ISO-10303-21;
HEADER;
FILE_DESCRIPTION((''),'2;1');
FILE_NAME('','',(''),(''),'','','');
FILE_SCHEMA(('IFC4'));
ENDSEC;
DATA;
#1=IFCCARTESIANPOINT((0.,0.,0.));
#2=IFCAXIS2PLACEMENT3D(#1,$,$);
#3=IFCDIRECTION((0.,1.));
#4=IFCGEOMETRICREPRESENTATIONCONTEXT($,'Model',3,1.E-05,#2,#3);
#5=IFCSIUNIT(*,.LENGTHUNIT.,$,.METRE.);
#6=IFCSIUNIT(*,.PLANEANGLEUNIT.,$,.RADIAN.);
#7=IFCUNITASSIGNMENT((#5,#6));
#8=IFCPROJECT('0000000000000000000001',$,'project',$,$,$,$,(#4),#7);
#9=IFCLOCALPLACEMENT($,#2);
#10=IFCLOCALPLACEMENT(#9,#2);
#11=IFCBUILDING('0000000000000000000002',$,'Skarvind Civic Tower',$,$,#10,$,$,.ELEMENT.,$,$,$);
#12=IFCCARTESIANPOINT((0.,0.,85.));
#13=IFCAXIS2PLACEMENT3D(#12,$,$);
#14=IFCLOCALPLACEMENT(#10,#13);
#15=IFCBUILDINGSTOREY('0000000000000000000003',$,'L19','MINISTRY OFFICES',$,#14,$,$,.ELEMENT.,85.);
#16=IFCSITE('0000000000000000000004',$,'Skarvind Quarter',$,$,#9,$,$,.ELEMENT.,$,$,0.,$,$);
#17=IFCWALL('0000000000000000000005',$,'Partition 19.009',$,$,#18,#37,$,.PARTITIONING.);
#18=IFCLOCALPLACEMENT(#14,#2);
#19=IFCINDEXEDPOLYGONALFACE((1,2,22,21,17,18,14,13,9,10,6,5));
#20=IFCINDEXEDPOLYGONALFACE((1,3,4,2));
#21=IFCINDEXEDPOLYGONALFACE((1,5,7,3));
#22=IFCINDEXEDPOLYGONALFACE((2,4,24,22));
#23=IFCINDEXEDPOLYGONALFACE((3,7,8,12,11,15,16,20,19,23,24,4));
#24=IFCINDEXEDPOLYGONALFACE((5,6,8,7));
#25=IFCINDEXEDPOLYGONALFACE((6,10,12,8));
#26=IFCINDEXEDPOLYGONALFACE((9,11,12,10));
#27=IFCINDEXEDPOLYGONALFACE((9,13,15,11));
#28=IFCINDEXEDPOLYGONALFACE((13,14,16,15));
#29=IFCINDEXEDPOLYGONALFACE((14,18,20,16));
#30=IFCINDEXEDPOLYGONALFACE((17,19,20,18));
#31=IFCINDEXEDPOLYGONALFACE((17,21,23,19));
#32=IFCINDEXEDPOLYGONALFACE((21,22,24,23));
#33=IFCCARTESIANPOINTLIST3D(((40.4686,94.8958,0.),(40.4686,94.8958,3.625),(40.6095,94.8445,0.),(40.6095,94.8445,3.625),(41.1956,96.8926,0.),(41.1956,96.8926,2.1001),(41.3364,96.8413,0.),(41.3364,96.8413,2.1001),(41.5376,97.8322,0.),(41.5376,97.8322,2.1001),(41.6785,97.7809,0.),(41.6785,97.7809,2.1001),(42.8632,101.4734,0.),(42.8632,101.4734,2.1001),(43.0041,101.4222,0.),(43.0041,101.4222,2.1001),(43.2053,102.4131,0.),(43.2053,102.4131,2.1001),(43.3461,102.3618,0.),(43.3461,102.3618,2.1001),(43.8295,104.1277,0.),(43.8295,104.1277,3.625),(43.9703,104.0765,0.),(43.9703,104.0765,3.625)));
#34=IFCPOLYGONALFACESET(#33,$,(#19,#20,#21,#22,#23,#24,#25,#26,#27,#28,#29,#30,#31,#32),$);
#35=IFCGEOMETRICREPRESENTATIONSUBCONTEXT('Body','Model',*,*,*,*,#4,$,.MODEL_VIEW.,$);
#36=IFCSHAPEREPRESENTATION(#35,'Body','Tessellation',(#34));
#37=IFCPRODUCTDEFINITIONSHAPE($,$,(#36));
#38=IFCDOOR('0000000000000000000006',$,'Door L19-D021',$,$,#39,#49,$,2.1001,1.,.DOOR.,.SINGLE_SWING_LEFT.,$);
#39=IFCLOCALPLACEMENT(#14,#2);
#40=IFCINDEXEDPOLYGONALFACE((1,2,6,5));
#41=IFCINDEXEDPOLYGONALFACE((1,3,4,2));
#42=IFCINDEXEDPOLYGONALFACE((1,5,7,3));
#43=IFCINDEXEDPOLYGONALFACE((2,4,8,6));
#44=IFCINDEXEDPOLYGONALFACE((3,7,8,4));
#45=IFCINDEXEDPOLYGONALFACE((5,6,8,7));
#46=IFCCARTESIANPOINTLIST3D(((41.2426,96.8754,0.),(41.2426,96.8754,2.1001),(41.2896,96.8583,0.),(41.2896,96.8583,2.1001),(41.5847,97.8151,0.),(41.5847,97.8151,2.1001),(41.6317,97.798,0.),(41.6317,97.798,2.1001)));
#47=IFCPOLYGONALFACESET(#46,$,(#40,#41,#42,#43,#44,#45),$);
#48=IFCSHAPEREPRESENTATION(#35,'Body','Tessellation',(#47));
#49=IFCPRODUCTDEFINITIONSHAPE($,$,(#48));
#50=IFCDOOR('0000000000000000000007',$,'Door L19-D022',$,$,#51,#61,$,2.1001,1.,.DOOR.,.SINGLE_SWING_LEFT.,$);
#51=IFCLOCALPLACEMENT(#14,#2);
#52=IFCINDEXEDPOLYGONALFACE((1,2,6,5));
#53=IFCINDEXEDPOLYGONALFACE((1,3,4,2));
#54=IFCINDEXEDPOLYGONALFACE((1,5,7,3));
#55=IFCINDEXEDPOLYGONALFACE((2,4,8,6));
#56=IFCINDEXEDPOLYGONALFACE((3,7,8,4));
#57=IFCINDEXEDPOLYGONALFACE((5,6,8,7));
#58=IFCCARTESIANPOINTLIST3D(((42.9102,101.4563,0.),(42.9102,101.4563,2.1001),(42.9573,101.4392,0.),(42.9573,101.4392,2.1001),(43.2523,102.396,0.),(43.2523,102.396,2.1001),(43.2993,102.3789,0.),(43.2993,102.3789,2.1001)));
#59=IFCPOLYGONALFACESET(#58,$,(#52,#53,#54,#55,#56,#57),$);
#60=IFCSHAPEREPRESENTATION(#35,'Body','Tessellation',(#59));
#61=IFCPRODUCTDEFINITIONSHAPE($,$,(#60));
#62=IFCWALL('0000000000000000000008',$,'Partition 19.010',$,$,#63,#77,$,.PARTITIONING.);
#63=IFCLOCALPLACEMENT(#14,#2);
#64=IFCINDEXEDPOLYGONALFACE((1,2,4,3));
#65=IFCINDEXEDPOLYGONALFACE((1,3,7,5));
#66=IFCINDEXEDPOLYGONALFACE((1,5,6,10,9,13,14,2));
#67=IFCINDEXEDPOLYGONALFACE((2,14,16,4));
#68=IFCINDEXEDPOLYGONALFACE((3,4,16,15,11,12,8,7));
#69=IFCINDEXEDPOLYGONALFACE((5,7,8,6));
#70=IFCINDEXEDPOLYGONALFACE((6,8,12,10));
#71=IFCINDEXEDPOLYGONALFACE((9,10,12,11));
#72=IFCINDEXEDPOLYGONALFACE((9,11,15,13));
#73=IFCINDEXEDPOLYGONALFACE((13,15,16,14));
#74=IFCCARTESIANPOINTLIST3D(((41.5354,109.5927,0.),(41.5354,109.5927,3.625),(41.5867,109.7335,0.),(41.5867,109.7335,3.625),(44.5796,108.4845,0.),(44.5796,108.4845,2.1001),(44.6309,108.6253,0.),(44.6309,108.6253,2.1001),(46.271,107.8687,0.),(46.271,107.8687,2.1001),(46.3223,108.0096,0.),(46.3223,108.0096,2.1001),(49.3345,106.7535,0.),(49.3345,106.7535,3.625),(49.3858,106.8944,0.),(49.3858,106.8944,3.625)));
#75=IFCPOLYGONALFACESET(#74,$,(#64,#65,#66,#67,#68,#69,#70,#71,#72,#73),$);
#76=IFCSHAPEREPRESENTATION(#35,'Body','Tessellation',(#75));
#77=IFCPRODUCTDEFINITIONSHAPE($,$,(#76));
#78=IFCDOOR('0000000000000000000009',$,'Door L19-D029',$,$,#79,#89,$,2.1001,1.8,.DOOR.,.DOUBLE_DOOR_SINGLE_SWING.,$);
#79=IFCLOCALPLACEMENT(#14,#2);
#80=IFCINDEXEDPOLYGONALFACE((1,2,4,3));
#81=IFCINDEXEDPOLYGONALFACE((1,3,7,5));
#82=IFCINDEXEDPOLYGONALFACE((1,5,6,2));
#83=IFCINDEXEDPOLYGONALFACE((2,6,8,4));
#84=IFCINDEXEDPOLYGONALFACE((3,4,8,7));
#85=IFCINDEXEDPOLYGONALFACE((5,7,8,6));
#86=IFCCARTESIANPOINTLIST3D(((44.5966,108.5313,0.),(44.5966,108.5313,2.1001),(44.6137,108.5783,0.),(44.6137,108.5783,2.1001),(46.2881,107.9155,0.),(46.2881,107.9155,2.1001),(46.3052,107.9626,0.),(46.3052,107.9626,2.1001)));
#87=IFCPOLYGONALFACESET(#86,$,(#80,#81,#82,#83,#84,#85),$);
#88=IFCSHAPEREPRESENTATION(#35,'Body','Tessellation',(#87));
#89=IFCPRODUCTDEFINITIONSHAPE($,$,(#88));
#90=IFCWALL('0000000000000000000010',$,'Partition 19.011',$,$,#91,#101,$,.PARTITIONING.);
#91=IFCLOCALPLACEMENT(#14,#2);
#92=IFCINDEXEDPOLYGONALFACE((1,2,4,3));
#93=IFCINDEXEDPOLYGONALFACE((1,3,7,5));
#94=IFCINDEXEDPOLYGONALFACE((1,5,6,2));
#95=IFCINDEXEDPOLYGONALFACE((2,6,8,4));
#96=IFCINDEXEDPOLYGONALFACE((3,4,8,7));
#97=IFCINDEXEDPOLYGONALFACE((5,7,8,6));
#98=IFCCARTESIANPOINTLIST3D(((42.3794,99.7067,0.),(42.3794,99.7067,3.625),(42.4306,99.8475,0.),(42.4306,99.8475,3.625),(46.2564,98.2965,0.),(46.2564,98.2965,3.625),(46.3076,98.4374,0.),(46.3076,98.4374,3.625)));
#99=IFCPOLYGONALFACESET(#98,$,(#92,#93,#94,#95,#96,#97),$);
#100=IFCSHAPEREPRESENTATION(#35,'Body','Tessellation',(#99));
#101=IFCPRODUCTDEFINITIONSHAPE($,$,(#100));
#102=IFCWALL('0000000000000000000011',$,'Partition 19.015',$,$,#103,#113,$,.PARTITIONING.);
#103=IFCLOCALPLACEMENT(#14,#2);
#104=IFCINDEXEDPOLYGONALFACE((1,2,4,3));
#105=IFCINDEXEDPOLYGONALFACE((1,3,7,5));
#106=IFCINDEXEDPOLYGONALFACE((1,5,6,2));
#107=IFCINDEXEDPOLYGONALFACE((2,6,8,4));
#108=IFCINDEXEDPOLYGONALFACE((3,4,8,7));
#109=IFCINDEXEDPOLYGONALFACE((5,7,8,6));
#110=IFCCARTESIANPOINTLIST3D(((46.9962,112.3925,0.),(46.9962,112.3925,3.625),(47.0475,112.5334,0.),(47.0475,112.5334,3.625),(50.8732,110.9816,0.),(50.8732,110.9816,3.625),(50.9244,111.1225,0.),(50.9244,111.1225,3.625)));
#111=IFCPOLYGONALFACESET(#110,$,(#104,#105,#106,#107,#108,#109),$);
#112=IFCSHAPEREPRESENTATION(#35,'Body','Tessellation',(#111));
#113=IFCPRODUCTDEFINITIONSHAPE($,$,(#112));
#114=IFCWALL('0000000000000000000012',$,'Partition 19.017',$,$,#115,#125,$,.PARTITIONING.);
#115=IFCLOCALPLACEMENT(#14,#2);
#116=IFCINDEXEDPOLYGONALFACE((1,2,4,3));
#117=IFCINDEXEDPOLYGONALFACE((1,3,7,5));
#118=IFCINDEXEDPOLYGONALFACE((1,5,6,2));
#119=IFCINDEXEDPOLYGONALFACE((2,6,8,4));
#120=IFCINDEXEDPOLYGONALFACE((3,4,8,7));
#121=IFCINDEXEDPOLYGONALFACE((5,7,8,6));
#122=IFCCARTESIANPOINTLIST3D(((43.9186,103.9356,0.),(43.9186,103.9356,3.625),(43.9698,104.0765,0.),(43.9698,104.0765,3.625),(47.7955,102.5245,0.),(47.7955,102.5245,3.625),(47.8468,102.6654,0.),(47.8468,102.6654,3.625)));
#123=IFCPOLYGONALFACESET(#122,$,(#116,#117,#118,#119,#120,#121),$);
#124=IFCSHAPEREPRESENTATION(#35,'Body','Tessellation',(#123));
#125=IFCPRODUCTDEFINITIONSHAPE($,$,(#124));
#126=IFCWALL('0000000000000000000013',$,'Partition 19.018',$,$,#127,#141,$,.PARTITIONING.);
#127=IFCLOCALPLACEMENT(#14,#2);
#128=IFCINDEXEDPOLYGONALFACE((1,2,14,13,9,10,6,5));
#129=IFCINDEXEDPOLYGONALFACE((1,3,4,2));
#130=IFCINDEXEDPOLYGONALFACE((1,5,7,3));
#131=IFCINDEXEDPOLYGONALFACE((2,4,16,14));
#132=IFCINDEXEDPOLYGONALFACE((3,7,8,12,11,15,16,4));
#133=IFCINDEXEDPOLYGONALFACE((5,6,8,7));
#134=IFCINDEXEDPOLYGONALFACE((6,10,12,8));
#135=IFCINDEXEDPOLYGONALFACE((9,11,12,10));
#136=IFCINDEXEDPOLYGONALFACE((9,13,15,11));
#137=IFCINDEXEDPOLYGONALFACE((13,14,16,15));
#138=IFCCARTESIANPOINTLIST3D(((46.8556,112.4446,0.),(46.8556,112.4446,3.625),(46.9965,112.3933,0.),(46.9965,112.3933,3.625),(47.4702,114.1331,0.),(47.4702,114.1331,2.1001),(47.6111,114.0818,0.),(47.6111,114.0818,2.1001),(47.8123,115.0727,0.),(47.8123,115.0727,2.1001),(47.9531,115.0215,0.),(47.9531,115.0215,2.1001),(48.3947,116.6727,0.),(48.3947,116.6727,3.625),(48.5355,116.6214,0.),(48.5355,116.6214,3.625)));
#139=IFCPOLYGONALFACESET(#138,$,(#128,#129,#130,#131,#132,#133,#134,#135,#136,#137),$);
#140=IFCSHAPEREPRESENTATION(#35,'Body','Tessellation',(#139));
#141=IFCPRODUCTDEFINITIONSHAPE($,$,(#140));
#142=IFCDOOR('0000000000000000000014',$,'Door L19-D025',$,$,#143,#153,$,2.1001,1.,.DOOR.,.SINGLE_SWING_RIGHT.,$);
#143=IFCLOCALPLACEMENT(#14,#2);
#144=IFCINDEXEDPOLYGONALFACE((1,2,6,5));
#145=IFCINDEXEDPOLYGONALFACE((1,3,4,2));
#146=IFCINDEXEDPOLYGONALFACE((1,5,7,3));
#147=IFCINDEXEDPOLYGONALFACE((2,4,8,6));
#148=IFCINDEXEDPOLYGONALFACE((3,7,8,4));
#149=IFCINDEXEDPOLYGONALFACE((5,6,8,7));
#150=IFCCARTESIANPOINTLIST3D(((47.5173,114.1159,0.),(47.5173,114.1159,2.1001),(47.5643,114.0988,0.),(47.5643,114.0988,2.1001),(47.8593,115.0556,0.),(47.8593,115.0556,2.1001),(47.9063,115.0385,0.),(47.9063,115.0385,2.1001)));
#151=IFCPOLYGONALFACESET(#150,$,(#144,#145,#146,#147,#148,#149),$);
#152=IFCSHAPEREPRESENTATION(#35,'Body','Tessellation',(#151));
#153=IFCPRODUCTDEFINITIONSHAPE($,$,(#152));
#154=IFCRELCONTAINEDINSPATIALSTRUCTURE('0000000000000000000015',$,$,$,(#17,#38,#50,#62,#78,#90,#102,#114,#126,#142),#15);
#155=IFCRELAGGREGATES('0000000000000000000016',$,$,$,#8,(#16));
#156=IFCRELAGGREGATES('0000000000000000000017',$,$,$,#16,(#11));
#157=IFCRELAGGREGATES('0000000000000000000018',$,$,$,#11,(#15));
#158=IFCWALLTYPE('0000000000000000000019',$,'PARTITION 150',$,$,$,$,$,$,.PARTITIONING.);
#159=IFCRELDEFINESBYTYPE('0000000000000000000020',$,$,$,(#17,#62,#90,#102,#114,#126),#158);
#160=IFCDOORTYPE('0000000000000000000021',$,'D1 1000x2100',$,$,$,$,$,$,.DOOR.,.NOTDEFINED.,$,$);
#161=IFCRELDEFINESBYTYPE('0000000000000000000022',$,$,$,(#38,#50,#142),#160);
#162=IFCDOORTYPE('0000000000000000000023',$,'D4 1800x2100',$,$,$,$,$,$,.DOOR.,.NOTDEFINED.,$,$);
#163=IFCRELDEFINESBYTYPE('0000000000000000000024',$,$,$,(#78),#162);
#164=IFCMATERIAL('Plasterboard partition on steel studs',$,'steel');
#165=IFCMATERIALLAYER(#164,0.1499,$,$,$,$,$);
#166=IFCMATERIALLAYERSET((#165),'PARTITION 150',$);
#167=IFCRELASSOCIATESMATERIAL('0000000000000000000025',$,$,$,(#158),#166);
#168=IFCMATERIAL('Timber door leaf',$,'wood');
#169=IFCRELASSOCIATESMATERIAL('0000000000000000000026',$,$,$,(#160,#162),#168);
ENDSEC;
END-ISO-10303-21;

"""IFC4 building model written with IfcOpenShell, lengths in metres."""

from ifc_helpers import new_model, si_unit, direction, frame, frame_2d, origin, place, context, subcontext, project, spatial, rectangle, extrude, material, layer, layer_set, type_object, element, fill, save


model = new_model("IFC4")

# Units and contexts
model_context = context("Model", 3, precision=1e-05, world=origin(), true_north=direction((0.0, 1.0)))
body_context = subcontext(model_context, "Body", "Model", "MODEL_VIEW")
ifc_project = project(units=[si_unit("LENGTHUNIT", "METRE"), si_unit("PLANEANGLEUNIT", "RADIAN")], contexts=[model_context])

# Site, building, storey
site_placement = place(None, origin())
site = spatial("IfcSite", under=ifc_project, at=site_placement, Name="Skarvind Quarter", CompositionType="ELEMENT", RefElevation=0.0)
building_placement = place(site_placement, origin())
building = spatial("IfcBuilding", under=site, at=building_placement, Name="Skarvind Civic Tower", CompositionType="ELEMENT")
storey_placement = place(building_placement, frame((0.0, 0.0, 85.0)))
storey = spatial("IfcBuildingStorey", under=building, at=storey_placement, Name="L19", Description="MINISTRY OFFICES", CompositionType="ELEMENT", Elevation=85.0)

# Wall, openings, doors
ifc_material_1 = material(Name="Plasterboard partition on steel studs", Category="steel")
ifc_layer_1 = layer(ifc_material_1, 0.1499)
ifc_layer_set_1 = layer_set([ifc_layer_1], Name="PARTITION 150")
wall_type_1 = type_object("IfcWallType", Name="PARTITION 150", PredefinedType="PARTITIONING", material=ifc_layer_set_1)
wall_1_placement = place(storey_placement, frame((40.5391, 94.8701, 0.0), z_axis=(0.0, 0.0, 1.0), x_axis=(0.342082, 0.93967, 0.0)))
wall_1 = element("IfcWall", 1, at=wall_1_placement, inside=storey, type_object=wall_type_1, Name="Partition 19.009", PredefinedType="PARTITIONING", context=body_context, shape_type="SweptSolid", body=[
    extrude(rectangle(XDim=9.8247, YDim=0.1499, at=frame_2d((4.9124, 0.0))), origin(), (0.0, 0.0, 1.0), 3.625),
])
opening_1_placement = place(wall_1_placement, frame((2.125, 0.0, 0.0)))
opening_1 = element("IfcOpeningElement", 2, at=opening_1_placement, cuts=wall_1, PredefinedType="OPENING", context=body_context, shape_type="SweptSolid", body=[
    extrude(rectangle(XDim=1.0, YDim=2.1001, at=frame_2d((0.5, 1.05))), frame((0.0, 0.085, 0.0), z_axis=(0.0, -1.0, 0.0), x_axis=(1.0, 0.0, 0.0)), (0.0, 0.0, 1.0), 0.1699),
])
opening_2_placement = place(wall_1_placement, frame((7.0, 0.0, 0.0)))
opening_2 = element("IfcOpeningElement", 3, at=opening_2_placement, cuts=wall_1, PredefinedType="OPENING", context=body_context, shape_type="SweptSolid", body=[
    extrude(rectangle(XDim=1.0, YDim=2.1001, at=frame_2d((0.5, 1.05))), frame((0.0, 0.085, 0.0), z_axis=(0.0, -1.0, 0.0), x_axis=(1.0, 0.0, 0.0)), (0.0, 0.0, 1.0), 0.1699),
])
ifc_material_2 = material(Name="Timber door leaf", Category="wood")
door_type_1 = type_object("IfcDoorType", Name="D1 1000x2100", OperationType="NOTDEFINED", PredefinedType="DOOR", material=ifc_material_2)
door_1_placement = place(opening_1_placement, origin())
door_1 = element("IfcDoor", 4, at=door_1_placement, inside=storey, type_object=door_type_1, Name="Door L19-D021", OperationType="SINGLE_SWING_LEFT", OverallHeight=2.1001, OverallWidth=1.0, PredefinedType="DOOR", context=body_context, shape_type="SweptSolid", body=[
    extrude(rectangle(XDim=1.0, YDim=2.1001, at=frame_2d((0.5, 1.05))), frame((0.0, 0.0249, 0.0), z_axis=(0.0, -1.0, 0.0), x_axis=(1.0, 0.0, 0.0)), (0.0, 0.0, 1.0), 0.05),
])
fill(opening_1, door_1)
door_2_placement = place(opening_2_placement, origin())
door_2 = element("IfcDoor", 5, at=door_2_placement, inside=storey, type_object=door_type_1, Name="Door L19-D022", OperationType="SINGLE_SWING_LEFT", OverallHeight=2.1001, OverallWidth=1.0, PredefinedType="DOOR", context=body_context, shape_type="SweptSolid", body=[
    extrude(rectangle(XDim=1.0, YDim=2.1001, at=frame_2d((0.5, 1.05))), frame((0.0, 0.0249, 0.0), z_axis=(0.0, -1.0, 0.0), x_axis=(1.0, 0.0, 0.0)), (0.0, 0.0, 1.0), 0.05),
])
fill(opening_2, door_2)

# Wall, opening, door
wall_2_placement = place(storey_placement, frame((41.561, 109.6631, 0.0), z_axis=(0.0, 0.0, 1.0), x_axis=(0.939674, -0.342071, 0.0)))
wall_2 = element("IfcWall", 6, at=wall_2_placement, inside=storey, type_object=wall_type_1, Name="Partition 19.010", PredefinedType="PARTITIONING", context=body_context, shape_type="SweptSolid", body=[
    extrude(rectangle(XDim=8.2998, YDim=0.1499, at=frame_2d((4.1499, 0.0))), origin(), (0.0, 0.0, 1.0), 3.625),
])
opening_3_placement = place(wall_2_placement, frame((3.2397, 0.0, 0.0)))
opening_3 = element("IfcOpeningElement", 7, at=opening_3_placement, cuts=wall_2, PredefinedType="OPENING", context=body_context, shape_type="SweptSolid", body=[
    extrude(rectangle(XDim=1.8, YDim=2.1001, at=frame_2d((0.8999, 1.05))), frame((0.0, 0.085, 0.0), z_axis=(0.0, -1.0, 0.0), x_axis=(1.0, 0.0, 0.0)), (0.0, 0.0, 1.0), 0.1699),
])
door_type_2 = type_object("IfcDoorType", Name="D4 1800x2100", OperationType="NOTDEFINED", PredefinedType="DOOR", material=ifc_material_2)
door_3_placement = place(opening_3_placement, origin())
door_3 = element("IfcDoor", 8, at=door_3_placement, inside=storey, type_object=door_type_2, Name="Door L19-D029", OperationType="DOUBLE_DOOR_SINGLE_SWING", OverallHeight=2.1001, OverallWidth=1.8, PredefinedType="DOOR", context=body_context, shape_type="SweptSolid", body=[
    extrude(rectangle(XDim=1.8, YDim=2.1001, at=frame_2d((0.8999, 1.05))), frame((0.0, 0.0249, 0.0), z_axis=(0.0, -1.0, 0.0), x_axis=(1.0, 0.0, 0.0)), (0.0, 0.0, 1.0), 0.05),
])
fill(opening_3, door_3)

# Walls
wall_3_placement = place(storey_placement, frame((42.405, 99.7771, 0.0), z_axis=(0.0, 0.0, 1.0), x_axis=(0.939766, -0.341819, 0.0)))
element("IfcWall", 9, at=wall_3_placement, inside=storey, type_object=wall_type_1, Name="Partition 19.011", PredefinedType="PARTITIONING", context=body_context, shape_type="SweptSolid", body=[
    extrude(rectangle(XDim=4.1255, YDim=0.1499, at=frame_2d((2.0627, 0.0))), origin(), (0.0, 0.0, 1.0), 3.625),
])
for number, where, z_axis, x_axis, name in (
    (10, (50.8989, 111.052, 0.0), (0.0, 0.0, 1.0), (-0.939709, 0.341976, 0.0), "Partition 19.015"),
    (11, (43.9441, 104.0061, 0.0), (0.0, 0.0, 1.0), (0.93969, -0.342028, 0.0), "Partition 19.017"),
):
    element("IfcWall", number, at=place(storey_placement, frame(where, z_axis=z_axis, x_axis=x_axis)), inside=storey, type_object=wall_type_1, Name=name, PredefinedType="PARTITIONING", context=body_context, shape_type="SweptSolid", body=[
        extrude(rectangle(XDim=4.1257, YDim=0.1499, at=frame_2d((2.063, 0.0))), origin(), (0.0, 0.0, 1.0), 3.625),
    ])

# Wall, opening, door
wall_4_placement = place(storey_placement, frame((46.926, 112.4189, 0.0), z_axis=(0.0, 0.0, 1.0), x_axis=(0.342057, 0.939679, 0.0)))
wall_4 = element("IfcWall", 12, at=wall_4_placement, inside=storey, type_object=wall_type_1, Name="Partition 19.018", PredefinedType="PARTITIONING", context=body_context, shape_type="SweptSolid", body=[
    extrude(rectangle(XDim=4.4995, YDim=0.1499, at=frame_2d((2.2498, 0.0))), origin(), (0.0, 0.0, 1.0), 3.625),
])
opening_4_placement = place(wall_4_placement, frame((1.7969, 0.0, 0.0)))
opening_4 = element("IfcOpeningElement", 13, at=opening_4_placement, cuts=wall_4, PredefinedType="OPENING", context=body_context, shape_type="SweptSolid", body=[
    extrude(rectangle(XDim=1.0, YDim=2.1001, at=frame_2d((0.5, 1.05))), frame((0.0, 0.085, 0.0), z_axis=(0.0, -1.0, 0.0), x_axis=(1.0, 0.0, 0.0)), (0.0, 0.0, 1.0), 0.1699),
])
door_4_placement = place(opening_4_placement, origin())
door_4 = element("IfcDoor", 14, at=door_4_placement, inside=storey, type_object=door_type_1, Name="Door L19-D025", OperationType="SINGLE_SWING_RIGHT", OverallHeight=2.1001, OverallWidth=1.0, PredefinedType="DOOR", context=body_context, shape_type="SweptSolid", body=[
    extrude(rectangle(XDim=1.0, YDim=2.1001, at=frame_2d((0.5, 1.05))), frame((0.0, 0.0249, 0.0), z_axis=(0.0, -1.0, 0.0), x_axis=(1.0, 0.0, 0.0)), (0.0, 0.0, 1.0), 0.05),
])
fill(opening_4, door_4)

save(model, "model.ifc")
